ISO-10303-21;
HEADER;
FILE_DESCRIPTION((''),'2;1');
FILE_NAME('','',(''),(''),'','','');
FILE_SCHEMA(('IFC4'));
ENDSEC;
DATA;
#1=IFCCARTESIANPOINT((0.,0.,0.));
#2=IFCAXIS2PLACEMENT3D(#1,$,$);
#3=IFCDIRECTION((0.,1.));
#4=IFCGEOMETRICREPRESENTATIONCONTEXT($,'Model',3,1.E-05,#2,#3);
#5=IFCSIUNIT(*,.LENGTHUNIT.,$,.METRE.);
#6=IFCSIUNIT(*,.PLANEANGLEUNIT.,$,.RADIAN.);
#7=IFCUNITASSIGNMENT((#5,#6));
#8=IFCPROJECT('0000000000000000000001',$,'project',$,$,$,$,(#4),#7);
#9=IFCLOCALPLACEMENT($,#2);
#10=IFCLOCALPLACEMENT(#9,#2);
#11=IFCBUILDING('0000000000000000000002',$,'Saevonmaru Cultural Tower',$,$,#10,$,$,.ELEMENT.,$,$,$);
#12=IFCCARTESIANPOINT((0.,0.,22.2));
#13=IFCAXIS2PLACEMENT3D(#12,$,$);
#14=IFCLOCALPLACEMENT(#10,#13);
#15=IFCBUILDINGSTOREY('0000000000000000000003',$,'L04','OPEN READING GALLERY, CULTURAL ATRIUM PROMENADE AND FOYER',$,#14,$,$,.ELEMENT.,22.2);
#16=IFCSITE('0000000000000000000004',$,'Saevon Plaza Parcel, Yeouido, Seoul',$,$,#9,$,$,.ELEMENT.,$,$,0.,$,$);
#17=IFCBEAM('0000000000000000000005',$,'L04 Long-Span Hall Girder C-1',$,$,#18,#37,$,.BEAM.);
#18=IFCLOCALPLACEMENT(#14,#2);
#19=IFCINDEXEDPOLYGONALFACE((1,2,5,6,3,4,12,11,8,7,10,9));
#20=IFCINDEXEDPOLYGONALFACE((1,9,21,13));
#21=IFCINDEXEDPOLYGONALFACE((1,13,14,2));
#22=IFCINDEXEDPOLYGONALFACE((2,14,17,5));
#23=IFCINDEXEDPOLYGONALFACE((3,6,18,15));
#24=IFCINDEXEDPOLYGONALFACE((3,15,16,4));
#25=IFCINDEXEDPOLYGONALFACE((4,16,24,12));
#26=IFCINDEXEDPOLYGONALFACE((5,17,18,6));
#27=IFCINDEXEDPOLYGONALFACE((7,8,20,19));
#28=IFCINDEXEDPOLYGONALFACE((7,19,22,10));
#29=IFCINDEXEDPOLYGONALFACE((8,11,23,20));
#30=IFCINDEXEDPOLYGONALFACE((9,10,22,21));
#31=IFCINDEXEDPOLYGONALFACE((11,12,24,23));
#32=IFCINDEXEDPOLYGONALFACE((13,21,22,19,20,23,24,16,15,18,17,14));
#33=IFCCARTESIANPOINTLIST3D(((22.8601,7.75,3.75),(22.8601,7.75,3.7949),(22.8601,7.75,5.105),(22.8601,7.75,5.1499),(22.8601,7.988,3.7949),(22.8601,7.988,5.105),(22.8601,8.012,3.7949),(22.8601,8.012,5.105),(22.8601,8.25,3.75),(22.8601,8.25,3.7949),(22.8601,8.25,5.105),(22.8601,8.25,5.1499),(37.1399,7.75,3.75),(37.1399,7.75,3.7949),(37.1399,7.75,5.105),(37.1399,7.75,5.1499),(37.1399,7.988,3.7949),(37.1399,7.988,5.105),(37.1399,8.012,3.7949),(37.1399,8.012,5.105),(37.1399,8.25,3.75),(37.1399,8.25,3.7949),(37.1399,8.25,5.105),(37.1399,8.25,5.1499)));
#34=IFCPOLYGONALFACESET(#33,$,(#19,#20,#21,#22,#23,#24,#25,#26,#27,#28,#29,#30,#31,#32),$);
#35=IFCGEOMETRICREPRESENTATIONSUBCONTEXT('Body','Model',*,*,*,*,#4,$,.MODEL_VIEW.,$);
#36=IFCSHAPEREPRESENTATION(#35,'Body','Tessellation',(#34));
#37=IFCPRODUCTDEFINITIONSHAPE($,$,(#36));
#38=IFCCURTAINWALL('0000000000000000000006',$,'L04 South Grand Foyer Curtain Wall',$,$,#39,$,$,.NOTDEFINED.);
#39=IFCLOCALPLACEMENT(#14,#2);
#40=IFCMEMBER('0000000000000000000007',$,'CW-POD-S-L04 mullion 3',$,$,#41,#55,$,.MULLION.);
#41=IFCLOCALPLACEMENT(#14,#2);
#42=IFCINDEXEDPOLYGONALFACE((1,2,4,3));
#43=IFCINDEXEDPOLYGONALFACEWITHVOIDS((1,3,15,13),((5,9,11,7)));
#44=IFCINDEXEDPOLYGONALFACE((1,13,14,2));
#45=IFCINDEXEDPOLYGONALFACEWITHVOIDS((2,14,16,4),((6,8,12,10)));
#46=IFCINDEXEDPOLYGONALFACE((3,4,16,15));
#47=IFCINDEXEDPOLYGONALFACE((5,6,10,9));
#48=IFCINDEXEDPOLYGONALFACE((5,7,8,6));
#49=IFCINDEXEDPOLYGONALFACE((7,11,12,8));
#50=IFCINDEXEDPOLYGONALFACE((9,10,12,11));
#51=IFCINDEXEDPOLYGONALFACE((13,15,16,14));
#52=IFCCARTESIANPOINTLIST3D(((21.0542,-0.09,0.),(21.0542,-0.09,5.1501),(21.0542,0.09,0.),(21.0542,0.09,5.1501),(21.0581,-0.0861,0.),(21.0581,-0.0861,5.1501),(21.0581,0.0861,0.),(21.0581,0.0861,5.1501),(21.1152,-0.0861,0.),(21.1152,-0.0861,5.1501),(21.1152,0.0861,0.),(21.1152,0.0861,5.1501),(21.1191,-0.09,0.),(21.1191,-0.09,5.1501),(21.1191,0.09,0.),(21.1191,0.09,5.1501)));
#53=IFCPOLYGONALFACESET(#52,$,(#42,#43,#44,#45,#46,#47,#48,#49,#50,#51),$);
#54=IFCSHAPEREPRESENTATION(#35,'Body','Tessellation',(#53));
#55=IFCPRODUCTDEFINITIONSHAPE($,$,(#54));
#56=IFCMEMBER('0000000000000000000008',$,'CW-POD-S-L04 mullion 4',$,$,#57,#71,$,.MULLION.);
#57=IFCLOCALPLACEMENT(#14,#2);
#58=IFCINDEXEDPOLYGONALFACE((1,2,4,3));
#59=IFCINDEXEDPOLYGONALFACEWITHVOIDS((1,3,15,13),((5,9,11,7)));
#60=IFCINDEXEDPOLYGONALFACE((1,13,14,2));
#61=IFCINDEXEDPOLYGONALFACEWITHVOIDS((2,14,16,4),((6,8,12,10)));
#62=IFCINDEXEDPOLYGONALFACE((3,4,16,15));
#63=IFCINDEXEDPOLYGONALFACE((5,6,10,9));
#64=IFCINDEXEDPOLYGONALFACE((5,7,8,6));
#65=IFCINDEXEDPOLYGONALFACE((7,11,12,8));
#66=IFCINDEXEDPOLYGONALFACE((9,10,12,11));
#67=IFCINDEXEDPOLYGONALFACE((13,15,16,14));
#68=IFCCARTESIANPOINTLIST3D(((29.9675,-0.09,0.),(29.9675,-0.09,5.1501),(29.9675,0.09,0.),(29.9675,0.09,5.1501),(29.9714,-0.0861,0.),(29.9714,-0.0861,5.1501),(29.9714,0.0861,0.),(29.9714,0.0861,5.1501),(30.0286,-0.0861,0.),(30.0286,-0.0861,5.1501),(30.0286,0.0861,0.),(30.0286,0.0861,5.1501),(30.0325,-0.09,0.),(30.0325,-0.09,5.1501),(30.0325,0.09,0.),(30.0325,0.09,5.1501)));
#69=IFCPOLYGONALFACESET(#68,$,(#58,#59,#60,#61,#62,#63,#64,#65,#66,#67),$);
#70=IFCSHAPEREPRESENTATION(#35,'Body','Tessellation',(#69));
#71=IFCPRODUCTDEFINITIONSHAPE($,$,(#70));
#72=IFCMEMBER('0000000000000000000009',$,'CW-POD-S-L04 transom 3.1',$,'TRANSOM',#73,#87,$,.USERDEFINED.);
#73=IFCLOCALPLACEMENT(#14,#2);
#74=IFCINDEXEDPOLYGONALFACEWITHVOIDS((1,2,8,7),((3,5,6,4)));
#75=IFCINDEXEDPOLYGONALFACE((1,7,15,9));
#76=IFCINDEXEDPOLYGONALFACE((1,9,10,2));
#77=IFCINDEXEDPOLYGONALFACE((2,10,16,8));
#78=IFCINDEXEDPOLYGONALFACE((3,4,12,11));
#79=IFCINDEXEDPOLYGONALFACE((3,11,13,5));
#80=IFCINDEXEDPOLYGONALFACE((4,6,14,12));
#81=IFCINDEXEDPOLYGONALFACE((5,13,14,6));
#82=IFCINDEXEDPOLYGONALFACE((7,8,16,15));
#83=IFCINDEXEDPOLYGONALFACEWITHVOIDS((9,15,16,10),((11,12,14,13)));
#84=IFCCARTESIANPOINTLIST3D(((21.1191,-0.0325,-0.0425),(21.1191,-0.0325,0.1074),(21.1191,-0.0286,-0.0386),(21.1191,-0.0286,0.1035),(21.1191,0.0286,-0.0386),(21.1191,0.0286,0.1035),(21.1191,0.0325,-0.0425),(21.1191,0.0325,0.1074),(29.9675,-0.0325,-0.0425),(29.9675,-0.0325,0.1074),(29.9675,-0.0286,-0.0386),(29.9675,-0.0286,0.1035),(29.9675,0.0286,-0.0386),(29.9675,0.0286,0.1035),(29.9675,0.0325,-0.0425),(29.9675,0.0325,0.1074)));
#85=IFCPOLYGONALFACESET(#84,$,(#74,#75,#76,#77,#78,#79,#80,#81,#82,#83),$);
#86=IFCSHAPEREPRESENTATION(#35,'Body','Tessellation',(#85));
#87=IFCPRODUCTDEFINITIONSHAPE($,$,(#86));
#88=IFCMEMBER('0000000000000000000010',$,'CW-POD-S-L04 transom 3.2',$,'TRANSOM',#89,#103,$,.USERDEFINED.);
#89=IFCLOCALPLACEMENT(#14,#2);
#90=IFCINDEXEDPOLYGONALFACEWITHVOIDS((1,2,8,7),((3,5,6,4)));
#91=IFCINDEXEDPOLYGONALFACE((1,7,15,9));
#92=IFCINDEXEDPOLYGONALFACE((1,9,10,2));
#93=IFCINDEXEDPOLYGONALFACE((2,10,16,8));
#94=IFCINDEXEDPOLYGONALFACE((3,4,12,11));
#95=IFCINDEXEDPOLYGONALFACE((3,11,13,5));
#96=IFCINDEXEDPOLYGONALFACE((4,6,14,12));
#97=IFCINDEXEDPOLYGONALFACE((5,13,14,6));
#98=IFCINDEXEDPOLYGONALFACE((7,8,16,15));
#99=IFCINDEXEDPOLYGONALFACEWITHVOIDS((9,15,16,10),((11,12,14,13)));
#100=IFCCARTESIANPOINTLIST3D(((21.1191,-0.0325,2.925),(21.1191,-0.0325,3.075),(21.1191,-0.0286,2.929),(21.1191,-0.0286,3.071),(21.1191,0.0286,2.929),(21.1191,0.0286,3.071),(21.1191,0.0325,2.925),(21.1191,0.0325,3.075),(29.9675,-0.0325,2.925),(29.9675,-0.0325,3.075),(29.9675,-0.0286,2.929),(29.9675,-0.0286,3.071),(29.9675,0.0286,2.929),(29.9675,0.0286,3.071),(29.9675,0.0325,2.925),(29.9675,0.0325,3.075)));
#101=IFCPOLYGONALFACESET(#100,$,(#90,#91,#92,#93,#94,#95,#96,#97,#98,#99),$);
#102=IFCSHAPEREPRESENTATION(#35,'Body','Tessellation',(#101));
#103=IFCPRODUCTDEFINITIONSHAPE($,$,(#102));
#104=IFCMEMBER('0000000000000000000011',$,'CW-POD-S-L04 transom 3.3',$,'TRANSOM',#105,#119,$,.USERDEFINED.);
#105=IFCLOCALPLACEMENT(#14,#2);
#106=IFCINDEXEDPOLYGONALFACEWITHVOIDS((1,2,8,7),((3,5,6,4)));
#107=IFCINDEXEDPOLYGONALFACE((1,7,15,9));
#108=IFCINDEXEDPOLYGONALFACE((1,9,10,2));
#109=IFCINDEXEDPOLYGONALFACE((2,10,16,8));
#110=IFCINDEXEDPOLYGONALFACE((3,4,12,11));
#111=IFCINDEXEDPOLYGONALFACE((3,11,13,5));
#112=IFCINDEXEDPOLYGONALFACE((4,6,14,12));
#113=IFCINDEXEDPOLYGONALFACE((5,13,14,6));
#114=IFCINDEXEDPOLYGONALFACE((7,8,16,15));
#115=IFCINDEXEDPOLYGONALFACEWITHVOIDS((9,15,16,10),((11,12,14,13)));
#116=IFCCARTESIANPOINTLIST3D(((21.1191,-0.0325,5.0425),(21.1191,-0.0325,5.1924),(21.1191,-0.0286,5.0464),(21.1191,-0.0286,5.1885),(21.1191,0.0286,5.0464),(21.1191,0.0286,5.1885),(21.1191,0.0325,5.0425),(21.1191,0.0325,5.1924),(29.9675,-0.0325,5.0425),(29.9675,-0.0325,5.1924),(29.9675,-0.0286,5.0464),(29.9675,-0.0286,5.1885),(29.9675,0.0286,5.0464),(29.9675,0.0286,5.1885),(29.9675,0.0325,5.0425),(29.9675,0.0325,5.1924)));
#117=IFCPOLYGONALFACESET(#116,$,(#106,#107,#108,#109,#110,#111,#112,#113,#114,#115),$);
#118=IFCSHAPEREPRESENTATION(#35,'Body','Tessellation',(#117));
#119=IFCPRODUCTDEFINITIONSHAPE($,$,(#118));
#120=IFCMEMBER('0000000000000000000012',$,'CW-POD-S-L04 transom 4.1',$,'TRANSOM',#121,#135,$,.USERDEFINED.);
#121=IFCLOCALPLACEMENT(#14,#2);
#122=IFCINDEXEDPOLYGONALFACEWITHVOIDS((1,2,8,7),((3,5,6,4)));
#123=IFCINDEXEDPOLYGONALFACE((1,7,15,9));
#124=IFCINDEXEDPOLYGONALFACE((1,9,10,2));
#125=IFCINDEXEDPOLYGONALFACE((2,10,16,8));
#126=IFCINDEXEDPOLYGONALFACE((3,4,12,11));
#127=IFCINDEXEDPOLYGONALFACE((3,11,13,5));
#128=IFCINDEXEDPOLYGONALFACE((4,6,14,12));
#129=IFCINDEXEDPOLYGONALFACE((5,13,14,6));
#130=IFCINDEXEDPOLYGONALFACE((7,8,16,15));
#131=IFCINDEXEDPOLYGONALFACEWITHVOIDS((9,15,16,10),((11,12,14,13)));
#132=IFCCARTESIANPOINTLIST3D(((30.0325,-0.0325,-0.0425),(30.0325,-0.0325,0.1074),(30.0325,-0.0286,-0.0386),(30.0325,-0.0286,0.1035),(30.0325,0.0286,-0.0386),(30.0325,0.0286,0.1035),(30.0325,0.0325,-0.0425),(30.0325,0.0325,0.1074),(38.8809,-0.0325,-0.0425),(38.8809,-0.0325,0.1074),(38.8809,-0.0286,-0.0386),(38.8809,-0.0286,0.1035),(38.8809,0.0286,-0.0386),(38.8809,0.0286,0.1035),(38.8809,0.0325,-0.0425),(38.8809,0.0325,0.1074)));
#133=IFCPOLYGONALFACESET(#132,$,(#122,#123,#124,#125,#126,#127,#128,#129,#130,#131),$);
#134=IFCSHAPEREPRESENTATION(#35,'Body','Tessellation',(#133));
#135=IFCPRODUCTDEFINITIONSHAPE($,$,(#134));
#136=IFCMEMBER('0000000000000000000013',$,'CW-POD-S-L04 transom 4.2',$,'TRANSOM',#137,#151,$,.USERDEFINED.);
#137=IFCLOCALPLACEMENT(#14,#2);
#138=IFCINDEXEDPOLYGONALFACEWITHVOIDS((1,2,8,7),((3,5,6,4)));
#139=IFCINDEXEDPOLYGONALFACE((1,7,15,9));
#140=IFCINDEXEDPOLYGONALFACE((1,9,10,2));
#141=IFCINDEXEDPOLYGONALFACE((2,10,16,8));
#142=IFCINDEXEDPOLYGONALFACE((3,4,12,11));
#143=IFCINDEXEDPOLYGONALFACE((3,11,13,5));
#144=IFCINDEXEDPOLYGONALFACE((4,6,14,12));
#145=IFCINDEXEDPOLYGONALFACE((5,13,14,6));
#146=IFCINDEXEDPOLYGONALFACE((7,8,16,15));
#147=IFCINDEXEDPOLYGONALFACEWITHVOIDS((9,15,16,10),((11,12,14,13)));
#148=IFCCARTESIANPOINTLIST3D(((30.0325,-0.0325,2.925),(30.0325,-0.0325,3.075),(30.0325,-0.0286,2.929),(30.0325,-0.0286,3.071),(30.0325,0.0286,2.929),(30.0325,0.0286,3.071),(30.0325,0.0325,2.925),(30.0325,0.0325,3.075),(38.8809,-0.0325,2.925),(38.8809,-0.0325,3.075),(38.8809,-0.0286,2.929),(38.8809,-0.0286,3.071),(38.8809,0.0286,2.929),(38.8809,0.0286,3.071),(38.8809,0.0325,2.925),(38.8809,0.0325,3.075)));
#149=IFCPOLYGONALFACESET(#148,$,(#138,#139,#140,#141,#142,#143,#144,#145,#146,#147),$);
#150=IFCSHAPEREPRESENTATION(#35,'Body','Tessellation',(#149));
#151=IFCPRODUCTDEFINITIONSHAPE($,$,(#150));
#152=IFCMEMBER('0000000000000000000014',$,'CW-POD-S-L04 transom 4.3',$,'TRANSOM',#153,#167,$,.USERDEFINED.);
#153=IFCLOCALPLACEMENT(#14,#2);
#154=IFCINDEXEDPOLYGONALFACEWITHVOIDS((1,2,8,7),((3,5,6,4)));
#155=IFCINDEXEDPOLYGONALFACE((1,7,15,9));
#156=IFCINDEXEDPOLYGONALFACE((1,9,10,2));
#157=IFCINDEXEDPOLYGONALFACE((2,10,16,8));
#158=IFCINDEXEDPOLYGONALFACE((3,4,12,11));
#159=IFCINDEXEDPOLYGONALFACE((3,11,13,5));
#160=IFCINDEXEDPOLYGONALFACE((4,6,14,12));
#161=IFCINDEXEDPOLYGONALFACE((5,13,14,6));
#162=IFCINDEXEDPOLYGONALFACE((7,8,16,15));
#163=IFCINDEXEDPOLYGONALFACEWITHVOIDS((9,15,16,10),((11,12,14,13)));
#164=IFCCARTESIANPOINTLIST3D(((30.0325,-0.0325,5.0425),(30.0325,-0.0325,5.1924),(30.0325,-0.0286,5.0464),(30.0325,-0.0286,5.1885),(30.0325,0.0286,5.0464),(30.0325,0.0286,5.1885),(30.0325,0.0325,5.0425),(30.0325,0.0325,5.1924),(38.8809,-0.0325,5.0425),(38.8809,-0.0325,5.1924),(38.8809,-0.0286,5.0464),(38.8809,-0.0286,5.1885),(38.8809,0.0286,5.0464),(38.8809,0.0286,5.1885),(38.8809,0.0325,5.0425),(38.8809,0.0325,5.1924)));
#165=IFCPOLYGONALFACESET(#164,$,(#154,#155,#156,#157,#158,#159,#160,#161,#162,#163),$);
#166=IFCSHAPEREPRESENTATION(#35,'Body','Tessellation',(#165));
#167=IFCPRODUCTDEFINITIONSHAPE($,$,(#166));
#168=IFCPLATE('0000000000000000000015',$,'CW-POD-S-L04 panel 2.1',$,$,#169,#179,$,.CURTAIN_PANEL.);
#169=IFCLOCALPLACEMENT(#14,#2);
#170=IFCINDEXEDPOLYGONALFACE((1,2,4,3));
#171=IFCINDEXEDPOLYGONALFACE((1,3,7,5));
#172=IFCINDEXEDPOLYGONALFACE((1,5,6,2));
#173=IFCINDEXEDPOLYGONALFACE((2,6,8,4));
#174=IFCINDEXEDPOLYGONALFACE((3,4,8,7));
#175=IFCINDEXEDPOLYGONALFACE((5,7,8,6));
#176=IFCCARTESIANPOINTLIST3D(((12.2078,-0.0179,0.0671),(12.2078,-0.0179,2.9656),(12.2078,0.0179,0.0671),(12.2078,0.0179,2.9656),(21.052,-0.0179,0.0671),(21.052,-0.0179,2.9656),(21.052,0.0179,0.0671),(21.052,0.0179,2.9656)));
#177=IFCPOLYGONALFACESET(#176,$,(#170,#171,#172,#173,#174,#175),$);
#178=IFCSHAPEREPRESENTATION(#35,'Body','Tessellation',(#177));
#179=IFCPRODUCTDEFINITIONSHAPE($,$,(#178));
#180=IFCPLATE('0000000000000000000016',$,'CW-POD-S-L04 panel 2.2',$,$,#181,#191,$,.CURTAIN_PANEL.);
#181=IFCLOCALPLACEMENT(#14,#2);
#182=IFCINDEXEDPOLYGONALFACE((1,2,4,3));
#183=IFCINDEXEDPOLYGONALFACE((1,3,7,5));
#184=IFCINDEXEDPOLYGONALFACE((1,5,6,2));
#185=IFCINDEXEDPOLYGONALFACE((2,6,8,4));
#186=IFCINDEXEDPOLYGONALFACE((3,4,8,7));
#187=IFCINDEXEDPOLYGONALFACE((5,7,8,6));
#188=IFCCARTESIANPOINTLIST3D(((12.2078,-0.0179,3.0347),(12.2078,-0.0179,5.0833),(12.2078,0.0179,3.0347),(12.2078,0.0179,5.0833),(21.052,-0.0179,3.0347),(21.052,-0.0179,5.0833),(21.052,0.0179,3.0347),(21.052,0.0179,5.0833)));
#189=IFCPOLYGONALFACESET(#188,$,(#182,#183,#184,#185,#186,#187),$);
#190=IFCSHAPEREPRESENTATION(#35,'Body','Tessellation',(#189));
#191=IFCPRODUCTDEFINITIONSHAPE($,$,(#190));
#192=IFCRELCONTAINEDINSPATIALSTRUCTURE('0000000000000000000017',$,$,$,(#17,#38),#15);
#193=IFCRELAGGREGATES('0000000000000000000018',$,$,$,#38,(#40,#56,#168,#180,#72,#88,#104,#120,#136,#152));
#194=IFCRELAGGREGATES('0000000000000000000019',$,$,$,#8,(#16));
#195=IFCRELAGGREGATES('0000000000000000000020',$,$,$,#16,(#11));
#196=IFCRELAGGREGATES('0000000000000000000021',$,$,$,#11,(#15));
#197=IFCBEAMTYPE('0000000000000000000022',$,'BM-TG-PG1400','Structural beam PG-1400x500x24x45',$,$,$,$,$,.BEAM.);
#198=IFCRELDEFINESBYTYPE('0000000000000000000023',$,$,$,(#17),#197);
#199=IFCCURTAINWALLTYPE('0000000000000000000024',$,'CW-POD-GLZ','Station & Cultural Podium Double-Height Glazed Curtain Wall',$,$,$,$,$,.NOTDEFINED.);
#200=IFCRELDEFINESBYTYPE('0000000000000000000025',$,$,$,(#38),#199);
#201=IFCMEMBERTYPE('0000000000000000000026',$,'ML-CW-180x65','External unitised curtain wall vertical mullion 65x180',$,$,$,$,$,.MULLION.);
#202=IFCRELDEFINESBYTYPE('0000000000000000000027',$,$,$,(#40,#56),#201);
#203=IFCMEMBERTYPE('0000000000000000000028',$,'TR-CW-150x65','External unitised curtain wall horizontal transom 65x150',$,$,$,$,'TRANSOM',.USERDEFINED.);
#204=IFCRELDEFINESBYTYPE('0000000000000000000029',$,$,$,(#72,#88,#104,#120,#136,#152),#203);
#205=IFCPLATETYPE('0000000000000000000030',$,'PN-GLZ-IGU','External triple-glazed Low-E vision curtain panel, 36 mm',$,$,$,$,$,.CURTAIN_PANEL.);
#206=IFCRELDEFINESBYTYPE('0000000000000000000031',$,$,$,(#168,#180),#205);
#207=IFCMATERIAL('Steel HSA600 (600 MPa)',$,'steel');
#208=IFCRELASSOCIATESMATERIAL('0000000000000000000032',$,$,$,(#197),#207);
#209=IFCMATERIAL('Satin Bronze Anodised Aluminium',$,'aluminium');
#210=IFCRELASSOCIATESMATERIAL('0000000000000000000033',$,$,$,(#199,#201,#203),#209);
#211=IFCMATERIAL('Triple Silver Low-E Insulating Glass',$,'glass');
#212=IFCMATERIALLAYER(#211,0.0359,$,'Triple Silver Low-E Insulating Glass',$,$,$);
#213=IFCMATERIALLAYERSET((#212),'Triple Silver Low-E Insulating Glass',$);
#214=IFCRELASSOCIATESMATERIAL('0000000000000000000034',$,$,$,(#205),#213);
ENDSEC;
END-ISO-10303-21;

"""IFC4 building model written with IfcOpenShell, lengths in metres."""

from ifc_helpers import new_model, si_unit, direction, frame, origin, origin_2d, place, context, subcontext, project, spatial, rectangle, hollow_rectangle, i_section, extrude, material, layer, layer_set, material_profile, profile_set, type_object, element, aggregate, save


model = new_model("IFC4")

# Units and contexts
model_context = context("Model", 3, precision=1e-05, world=origin(), true_north=direction((0.0, 1.0)))
body_context = subcontext(model_context, "Body", "Model", "MODEL_VIEW")
ifc_project = project(units=[si_unit("LENGTHUNIT", "METRE"), si_unit("PLANEANGLEUNIT", "RADIAN")], contexts=[model_context])

# Site, building, storey
site_placement = place(None, origin())
site = spatial("IfcSite", under=ifc_project, at=site_placement, Name="Saevon Plaza Parcel, Yeouido, Seoul", CompositionType="ELEMENT", RefElevation=0.0)
building_placement = place(site_placement, origin())
building = spatial("IfcBuilding", under=site, at=building_placement, Name="Saevonmaru Cultural Tower", CompositionType="ELEMENT")
storey_placement = place(building_placement, frame((0.0, 0.0, 22.2)))
storey = spatial("IfcBuildingStorey", under=building, at=storey_placement, Name="L04", Description="OPEN READING GALLERY, CULTURAL ATRIUM PROMENADE AND FOYER", CompositionType="ELEMENT", Elevation=22.2)

# Shared definitions
ifc_material_1 = material(Name="Steel HSA600 (600 MPa)", Category="steel")

# Beam
ifc_material_profile_1 = material_profile(ifc_material_1, i_section(OverallWidth=0.5, OverallDepth=1.3999, WebThickness=0.0239, FlangeThickness=0.0449, at=origin_2d()), Name="PG-1400x500x24x45")
ifc_profile_set_1 = profile_set([ifc_material_profile_1], Name="Steel HSA600 (600 MPa)")
beam_type_1 = type_object("IfcBeamType", Name="BM-TG-PG1400", Description="Structural beam PG-1400x500x24x45", PredefinedType="BEAM", material=ifc_profile_set_1)
beam_1_placement = place(storey_placement, frame((22.8601, 8.0, 4.45), z_axis=(1.0, 0.0, 0.0), x_axis=(0.0, 1.0, 0.0)))
element("IfcBeam", 1, at=beam_1_placement, inside=storey, type_object=beam_type_1, Name="L04 Long-Span Hall Girder C-1", PredefinedType="BEAM", context=body_context, shape_type="SweptSolid", body=[
    extrude(i_section(OverallWidth=0.5, OverallDepth=1.3999, WebThickness=0.0239, FlangeThickness=0.0449, at=origin_2d()), origin(), (0.0, 0.0, 1.0), 14.2798),
])

# Curtain wall, members, plates
ifc_material_2 = material(Name="Satin Bronze Anodised Aluminium", Category="aluminium")
curtain_wall_type = type_object("IfcCurtainWallType", Name="CW-POD-GLZ", Description="Station & Cultural Podium Double-Height Glazed Curtain Wall", PredefinedType="NOTDEFINED", material=ifc_material_2)
curtain_wall_placement = place(storey_placement, origin())
curtain_wall = element("IfcCurtainWall", 2, at=curtain_wall_placement, inside=storey, type_object=curtain_wall_type, Name="L04 South Grand Foyer Curtain Wall", PredefinedType="NOTDEFINED")
ifc_material_profile_2 = material_profile(ifc_material_2, hollow_rectangle(XDim=0.0649, YDim=0.1799, WallThickness=0.0039, at=origin_2d()), Name="ALU-MULL-180x65x4")
ifc_profile_set_2 = profile_set([ifc_material_profile_2], Name="Satin Bronze Anodised Aluminium")
member_type_1 = type_object("IfcMemberType", Name="ML-CW-180x65", Description="External unitised curtain wall vertical mullion 65x180", PredefinedType="MULLION", material=ifc_profile_set_2)
member_1_placement = place(storey_placement, frame((21.0867, 0.0, 0.0), z_axis=(0.0, 0.0, 1.0), x_axis=(1.0, 0.0, 0.0)))
member_1 = element("IfcMember", 3, at=member_1_placement, type_object=member_type_1, Name="CW-POD-S-L04 mullion 3", PredefinedType="MULLION", context=body_context, shape_type="SweptSolid", body=[
    extrude(hollow_rectangle(XDim=0.0649, YDim=0.1799, WallThickness=0.0039, at=origin_2d()), origin(), (0.0, 0.0, 1.0), 5.1501),
])
member_2_placement = place(storey_placement, frame((30.0, 0.0, 0.0), z_axis=(0.0, 0.0, 1.0), x_axis=(1.0, 0.0, 0.0)))
member_2 = element("IfcMember", 4, at=member_2_placement, type_object=member_type_1, Name="CW-POD-S-L04 mullion 4", PredefinedType="MULLION", context=body_context, shape_type="SweptSolid", body=[
    extrude(hollow_rectangle(XDim=0.0649, YDim=0.1799, WallThickness=0.0039, at=origin_2d()), origin(), (0.0, 0.0, 1.0), 5.1501),
])
ifc_material_profile_3 = material_profile(ifc_material_2, hollow_rectangle(XDim=0.0649, YDim=0.1499, WallThickness=0.0039, at=origin_2d()), Name="ALU-TRAN-150x65x4")
ifc_profile_set_3 = profile_set([ifc_material_profile_3], Name="Satin Bronze Anodised Aluminium")
member_type_2 = type_object("IfcMemberType", Name="TR-CW-150x65", Description="External unitised curtain wall horizontal transom 65x150", ElementType="TRANSOM", PredefinedType="USERDEFINED", material=ifc_profile_set_3)
member_3_placement = place(storey_placement, frame((21.1191, 0.0, 0.0325), z_axis=(1.0, 0.0, 0.0), x_axis=(0.0, 1.0, 0.0)))
member_3 = element("IfcMember", 5, at=member_3_placement, type_object=member_type_2, Name="CW-POD-S-L04 transom 3.1", ObjectType="TRANSOM", PredefinedType="USERDEFINED", context=body_context, shape_type="SweptSolid", body=[
    extrude(hollow_rectangle(XDim=0.0649, YDim=0.1499, WallThickness=0.0039, at=origin_2d()), origin(), (0.0, 0.0, 1.0), 8.8484),
])
member_4_placement = place(storey_placement, frame((21.1191, 0.0, 3.0), z_axis=(1.0, 0.0, 0.0), x_axis=(0.0, 1.0, 0.0)))
member_4 = element("IfcMember", 6, at=member_4_placement, type_object=member_type_2, Name="CW-POD-S-L04 transom 3.2", ObjectType="TRANSOM", PredefinedType="USERDEFINED", context=body_context, shape_type="SweptSolid", body=[
    extrude(hollow_rectangle(XDim=0.0649, YDim=0.1499, WallThickness=0.0039, at=origin_2d()), origin(), (0.0, 0.0, 1.0), 8.8484),
])
member_5_placement = place(storey_placement, frame((21.1191, 0.0, 5.1174), z_axis=(1.0, 0.0, 0.0), x_axis=(0.0, 1.0, 0.0)))
member_5 = element("IfcMember", 7, at=member_5_placement, type_object=member_type_2, Name="CW-POD-S-L04 transom 3.3", ObjectType="TRANSOM", PredefinedType="USERDEFINED", context=body_context, shape_type="SweptSolid", body=[
    extrude(hollow_rectangle(XDim=0.0649, YDim=0.1499, WallThickness=0.0039, at=origin_2d()), origin(), (0.0, 0.0, 1.0), 8.8484),
])
member_6_placement = place(storey_placement, frame((30.0325, 0.0, 0.0325), z_axis=(1.0, 0.0, 0.0), x_axis=(0.0, 1.0, 0.0)))
member_6 = element("IfcMember", 8, at=member_6_placement, type_object=member_type_2, Name="CW-POD-S-L04 transom 4.1", ObjectType="TRANSOM", PredefinedType="USERDEFINED", context=body_context, shape_type="SweptSolid", body=[
    extrude(hollow_rectangle(XDim=0.0649, YDim=0.1499, WallThickness=0.0039, at=origin_2d()), origin(), (0.0, 0.0, 1.0), 8.8484),
])
member_7_placement = place(storey_placement, frame((30.0325, 0.0, 3.0), z_axis=(1.0, 0.0, 0.0), x_axis=(0.0, 1.0, 0.0)))
member_7 = element("IfcMember", 9, at=member_7_placement, type_object=member_type_2, Name="CW-POD-S-L04 transom 4.2", ObjectType="TRANSOM", PredefinedType="USERDEFINED", context=body_context, shape_type="SweptSolid", body=[
    extrude(hollow_rectangle(XDim=0.0649, YDim=0.1499, WallThickness=0.0039, at=origin_2d()), origin(), (0.0, 0.0, 1.0), 8.8484),
])
member_8_placement = place(storey_placement, frame((30.0325, 0.0, 5.1174), z_axis=(1.0, 0.0, 0.0), x_axis=(0.0, 1.0, 0.0)))
member_8 = element("IfcMember", 10, at=member_8_placement, type_object=member_type_2, Name="CW-POD-S-L04 transom 4.3", ObjectType="TRANSOM", PredefinedType="USERDEFINED", context=body_context, shape_type="SweptSolid", body=[
    extrude(hollow_rectangle(XDim=0.0649, YDim=0.1499, WallThickness=0.0039, at=origin_2d()), origin(), (0.0, 0.0, 1.0), 8.8484),
])
ifc_material_3 = material(Name="Triple Silver Low-E Insulating Glass", Category="glass")
ifc_layer_1 = layer(ifc_material_3, 0.0359, Name="Triple Silver Low-E Insulating Glass")
ifc_layer_set_1 = layer_set([ifc_layer_1], Name="Triple Silver Low-E Insulating Glass")
plate_type = type_object("IfcPlateType", Name="PN-GLZ-IGU", Description="External triple-glazed Low-E vision curtain panel, 36 mm", PredefinedType="CURTAIN_PANEL", material=ifc_layer_set_1)
plate_1_placement = place(storey_placement, frame((16.6299, 0.0, 0.0671), z_axis=(0.0, 0.0, 1.0), x_axis=(1.0, 0.0, 0.0)))
plate_1 = element("IfcPlate", 11, at=plate_1_placement, type_object=plate_type, Name="CW-POD-S-L04 panel 2.1", PredefinedType="CURTAIN_PANEL", context=body_context, shape_type="SweptSolid", body=[
    extrude(rectangle(XDim=8.8442, YDim=0.0359, at=origin_2d()), origin(), (0.0, 0.0, 1.0), 2.8984),
])
plate_2_placement = place(storey_placement, frame((16.6299, 0.0, 3.0347), z_axis=(0.0, 0.0, 1.0), x_axis=(1.0, 0.0, 0.0)))
plate_2 = element("IfcPlate", 12, at=plate_2_placement, type_object=plate_type, Name="CW-POD-S-L04 panel 2.2", PredefinedType="CURTAIN_PANEL", context=body_context, shape_type="SweptSolid", body=[
    extrude(rectangle(XDim=8.8442, YDim=0.0359, at=origin_2d()), origin(), (0.0, 0.0, 1.0), 2.0486),
])
aggregate(curtain_wall, [member_1, member_2, plate_1, plate_2, member_3, member_4, member_5, member_6, member_7, member_8])

save(model, "model.ifc")
